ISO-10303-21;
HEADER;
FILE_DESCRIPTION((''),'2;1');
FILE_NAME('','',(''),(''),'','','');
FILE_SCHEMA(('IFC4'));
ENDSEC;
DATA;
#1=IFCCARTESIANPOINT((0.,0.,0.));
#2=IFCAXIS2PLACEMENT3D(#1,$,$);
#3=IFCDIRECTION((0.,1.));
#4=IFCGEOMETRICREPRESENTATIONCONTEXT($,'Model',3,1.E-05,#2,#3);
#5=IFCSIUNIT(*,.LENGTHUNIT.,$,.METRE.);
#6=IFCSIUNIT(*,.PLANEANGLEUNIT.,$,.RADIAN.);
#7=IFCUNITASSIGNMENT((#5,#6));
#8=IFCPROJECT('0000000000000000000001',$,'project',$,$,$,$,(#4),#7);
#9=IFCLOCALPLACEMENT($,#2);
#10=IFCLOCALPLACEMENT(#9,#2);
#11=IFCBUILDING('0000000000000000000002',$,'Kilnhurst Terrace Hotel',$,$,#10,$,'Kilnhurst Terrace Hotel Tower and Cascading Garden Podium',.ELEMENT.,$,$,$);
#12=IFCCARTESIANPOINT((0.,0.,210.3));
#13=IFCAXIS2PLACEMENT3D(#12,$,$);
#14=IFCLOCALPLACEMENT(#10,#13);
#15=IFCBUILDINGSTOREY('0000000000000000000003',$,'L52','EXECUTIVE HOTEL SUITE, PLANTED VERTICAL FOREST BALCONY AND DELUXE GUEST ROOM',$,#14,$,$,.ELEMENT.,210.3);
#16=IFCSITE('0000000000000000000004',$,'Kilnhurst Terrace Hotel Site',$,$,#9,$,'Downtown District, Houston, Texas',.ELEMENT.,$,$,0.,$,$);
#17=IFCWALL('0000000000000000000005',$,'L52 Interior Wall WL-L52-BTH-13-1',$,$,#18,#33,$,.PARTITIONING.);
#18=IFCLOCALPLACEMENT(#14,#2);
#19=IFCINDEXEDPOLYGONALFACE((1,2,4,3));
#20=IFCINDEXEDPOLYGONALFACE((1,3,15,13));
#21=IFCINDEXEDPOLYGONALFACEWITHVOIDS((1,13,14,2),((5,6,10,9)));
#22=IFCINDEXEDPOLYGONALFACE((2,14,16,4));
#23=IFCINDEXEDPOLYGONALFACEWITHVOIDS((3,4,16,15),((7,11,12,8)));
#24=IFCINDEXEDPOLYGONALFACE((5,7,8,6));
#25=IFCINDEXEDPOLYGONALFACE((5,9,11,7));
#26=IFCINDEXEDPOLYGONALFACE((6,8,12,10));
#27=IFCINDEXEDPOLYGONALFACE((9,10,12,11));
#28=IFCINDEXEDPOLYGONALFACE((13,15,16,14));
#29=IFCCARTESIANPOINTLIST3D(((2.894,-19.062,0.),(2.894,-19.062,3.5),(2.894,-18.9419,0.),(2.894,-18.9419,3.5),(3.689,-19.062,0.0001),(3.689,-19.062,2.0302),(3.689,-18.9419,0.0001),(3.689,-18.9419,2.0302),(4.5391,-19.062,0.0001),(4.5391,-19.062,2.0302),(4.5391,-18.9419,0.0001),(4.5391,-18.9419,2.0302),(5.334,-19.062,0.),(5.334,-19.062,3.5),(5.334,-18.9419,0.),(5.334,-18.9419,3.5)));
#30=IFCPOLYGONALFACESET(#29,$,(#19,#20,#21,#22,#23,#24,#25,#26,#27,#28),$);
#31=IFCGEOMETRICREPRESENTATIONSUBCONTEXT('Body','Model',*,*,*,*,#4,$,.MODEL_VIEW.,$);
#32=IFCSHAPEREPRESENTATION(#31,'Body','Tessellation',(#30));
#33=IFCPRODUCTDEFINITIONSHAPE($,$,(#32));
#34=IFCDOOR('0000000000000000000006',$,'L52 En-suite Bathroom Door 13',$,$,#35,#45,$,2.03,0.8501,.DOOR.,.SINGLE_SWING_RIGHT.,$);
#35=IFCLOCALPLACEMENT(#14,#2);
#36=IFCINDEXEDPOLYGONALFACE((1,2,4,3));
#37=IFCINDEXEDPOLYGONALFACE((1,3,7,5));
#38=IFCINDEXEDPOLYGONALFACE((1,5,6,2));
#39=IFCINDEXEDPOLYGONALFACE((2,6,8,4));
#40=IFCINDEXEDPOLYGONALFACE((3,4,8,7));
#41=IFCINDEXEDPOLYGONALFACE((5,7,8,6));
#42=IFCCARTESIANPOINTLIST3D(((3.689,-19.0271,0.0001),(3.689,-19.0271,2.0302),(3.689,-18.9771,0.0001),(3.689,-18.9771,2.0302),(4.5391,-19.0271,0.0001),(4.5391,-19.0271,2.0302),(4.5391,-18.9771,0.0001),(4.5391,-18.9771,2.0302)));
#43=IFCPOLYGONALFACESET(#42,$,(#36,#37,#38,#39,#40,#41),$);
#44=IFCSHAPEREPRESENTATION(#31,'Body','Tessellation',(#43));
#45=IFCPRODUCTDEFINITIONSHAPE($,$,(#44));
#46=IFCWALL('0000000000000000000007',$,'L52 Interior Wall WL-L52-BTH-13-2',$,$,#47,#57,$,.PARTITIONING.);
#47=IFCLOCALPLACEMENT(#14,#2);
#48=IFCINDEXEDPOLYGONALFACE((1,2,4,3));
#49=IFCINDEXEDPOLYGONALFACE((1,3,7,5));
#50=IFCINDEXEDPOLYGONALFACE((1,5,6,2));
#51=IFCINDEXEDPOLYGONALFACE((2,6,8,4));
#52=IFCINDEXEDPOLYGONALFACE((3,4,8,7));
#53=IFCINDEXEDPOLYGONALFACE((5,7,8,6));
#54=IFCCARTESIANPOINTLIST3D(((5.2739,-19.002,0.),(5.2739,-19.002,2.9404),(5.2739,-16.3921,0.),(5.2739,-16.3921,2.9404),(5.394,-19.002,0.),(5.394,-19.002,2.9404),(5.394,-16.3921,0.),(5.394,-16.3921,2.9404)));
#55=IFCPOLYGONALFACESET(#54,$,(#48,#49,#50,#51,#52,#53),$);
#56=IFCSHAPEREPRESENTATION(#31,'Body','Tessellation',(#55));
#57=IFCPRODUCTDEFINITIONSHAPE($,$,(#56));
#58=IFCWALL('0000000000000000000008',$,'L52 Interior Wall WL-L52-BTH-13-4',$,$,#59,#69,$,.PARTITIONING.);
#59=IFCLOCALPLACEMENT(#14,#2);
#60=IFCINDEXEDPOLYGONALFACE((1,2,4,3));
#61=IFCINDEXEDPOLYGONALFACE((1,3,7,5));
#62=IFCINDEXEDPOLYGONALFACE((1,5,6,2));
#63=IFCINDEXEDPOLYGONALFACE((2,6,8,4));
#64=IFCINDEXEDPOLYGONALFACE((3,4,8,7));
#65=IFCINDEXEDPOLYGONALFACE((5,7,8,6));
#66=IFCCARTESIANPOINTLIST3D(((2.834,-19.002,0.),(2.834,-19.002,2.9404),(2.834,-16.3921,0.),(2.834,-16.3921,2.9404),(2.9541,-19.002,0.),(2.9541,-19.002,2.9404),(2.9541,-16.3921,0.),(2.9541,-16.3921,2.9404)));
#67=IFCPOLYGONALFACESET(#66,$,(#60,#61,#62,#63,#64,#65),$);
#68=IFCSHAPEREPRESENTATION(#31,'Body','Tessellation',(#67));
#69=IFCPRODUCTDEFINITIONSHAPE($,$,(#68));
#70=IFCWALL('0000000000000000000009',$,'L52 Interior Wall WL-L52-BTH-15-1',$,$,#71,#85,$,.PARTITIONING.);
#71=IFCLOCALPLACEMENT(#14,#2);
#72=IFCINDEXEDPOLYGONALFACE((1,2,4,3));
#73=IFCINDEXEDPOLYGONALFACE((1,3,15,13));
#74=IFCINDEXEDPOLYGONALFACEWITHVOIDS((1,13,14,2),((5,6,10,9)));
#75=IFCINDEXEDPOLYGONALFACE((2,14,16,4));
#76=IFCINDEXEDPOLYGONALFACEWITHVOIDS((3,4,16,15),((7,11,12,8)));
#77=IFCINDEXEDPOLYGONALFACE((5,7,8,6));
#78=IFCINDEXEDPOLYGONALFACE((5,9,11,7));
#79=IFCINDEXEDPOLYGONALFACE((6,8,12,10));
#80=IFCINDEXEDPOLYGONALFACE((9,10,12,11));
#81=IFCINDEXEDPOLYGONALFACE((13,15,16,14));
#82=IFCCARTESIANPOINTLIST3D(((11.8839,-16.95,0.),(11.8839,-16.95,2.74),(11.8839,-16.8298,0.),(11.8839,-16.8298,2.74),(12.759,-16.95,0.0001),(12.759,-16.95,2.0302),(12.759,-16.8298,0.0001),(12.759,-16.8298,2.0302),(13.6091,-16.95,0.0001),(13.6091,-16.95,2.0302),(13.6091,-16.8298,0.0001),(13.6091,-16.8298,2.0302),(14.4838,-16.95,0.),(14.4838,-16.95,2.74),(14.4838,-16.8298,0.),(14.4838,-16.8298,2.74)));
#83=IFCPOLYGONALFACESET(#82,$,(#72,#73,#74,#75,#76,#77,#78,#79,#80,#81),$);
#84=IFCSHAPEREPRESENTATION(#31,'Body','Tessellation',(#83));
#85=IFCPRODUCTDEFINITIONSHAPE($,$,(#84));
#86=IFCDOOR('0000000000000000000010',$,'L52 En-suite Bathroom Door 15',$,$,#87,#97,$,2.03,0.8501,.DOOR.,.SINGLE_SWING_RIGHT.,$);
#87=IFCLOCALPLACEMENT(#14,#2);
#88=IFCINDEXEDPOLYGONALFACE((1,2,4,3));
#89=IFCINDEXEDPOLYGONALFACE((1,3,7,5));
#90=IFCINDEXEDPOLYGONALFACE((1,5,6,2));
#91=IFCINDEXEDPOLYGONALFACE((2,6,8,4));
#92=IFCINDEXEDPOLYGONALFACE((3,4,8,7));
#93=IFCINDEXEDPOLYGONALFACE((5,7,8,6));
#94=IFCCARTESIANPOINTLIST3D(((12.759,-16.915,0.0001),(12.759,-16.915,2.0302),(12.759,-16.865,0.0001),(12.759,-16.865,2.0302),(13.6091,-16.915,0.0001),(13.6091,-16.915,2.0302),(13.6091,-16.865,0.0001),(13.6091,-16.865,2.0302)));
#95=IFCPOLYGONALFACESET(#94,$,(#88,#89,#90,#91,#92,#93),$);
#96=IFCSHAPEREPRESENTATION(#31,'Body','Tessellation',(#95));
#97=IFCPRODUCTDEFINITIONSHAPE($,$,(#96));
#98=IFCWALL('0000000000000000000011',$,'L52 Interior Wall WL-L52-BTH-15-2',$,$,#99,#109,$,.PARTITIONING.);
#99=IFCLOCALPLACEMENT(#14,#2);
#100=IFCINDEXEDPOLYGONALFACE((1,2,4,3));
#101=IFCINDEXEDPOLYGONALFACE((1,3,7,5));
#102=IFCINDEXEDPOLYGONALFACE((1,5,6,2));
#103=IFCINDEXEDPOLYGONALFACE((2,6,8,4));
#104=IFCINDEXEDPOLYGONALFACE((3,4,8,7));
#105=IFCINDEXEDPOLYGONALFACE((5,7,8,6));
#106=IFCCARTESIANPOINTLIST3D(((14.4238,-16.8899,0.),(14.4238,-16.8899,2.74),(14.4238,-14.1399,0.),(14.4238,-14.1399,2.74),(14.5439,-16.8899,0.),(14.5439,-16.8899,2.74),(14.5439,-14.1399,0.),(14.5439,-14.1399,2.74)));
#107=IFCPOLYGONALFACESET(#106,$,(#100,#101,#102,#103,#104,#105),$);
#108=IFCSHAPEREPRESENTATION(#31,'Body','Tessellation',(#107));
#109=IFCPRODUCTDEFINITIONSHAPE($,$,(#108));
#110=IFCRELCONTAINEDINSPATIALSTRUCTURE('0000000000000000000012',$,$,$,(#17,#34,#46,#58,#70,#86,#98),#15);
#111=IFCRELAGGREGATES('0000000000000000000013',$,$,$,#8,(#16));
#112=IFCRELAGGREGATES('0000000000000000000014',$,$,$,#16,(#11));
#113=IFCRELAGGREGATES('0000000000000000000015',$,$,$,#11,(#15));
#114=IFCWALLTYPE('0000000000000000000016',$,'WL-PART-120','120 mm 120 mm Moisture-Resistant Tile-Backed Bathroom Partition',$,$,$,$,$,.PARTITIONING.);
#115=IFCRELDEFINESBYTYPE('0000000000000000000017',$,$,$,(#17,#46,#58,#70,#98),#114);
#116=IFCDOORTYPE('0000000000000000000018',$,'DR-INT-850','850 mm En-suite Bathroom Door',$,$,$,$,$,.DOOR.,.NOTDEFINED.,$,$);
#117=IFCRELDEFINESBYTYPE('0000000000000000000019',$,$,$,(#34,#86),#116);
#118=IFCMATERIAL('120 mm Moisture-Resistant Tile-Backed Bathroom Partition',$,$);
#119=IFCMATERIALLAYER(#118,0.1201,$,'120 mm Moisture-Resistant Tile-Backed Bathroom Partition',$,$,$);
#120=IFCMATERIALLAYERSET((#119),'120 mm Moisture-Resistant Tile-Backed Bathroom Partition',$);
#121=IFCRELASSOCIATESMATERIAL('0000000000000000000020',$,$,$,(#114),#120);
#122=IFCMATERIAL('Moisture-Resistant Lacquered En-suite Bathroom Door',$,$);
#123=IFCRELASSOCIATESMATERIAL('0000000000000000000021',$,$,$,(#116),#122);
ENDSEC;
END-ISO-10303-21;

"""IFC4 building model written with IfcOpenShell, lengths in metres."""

from ifc_helpers import new_model, si_unit, direction, frame, frame_2d, origin, place, context, subcontext, project, spatial, rectangle, extrude, material, layer, layer_set, type_object, element, fill, save


model = new_model("IFC4")

# Units and contexts
model_context = context("Model", 3, precision=1e-05, world=origin(), true_north=direction((0.0, 1.0)))
body_context = subcontext(model_context, "Body", "Model", "MODEL_VIEW")
ifc_project = project(units=[si_unit("LENGTHUNIT", "METRE"), si_unit("PLANEANGLEUNIT", "RADIAN")], contexts=[model_context])

# Site, building, storey
site_placement = place(None, origin())
site = spatial("IfcSite", under=ifc_project, at=site_placement, Name="Kilnhurst Terrace Hotel Site", LongName="Downtown District, Houston, Texas", CompositionType="ELEMENT", RefElevation=0.0)
building_placement = place(site_placement, origin())
building = spatial("IfcBuilding", under=site, at=building_placement, Name="Kilnhurst Terrace Hotel", LongName="Kilnhurst Terrace Hotel Tower and Cascading Garden Podium", CompositionType="ELEMENT")
storey_placement = place(building_placement, frame((0.0, 0.0, 210.3)))
storey = spatial("IfcBuildingStorey", under=building, at=storey_placement, Name="L52", Description="EXECUTIVE HOTEL SUITE, PLANTED VERTICAL FOREST BALCONY AND DELUXE GUEST ROOM", CompositionType="ELEMENT", Elevation=210.3)

# Wall, opening, door
ifc_material_1 = material(Name="120 mm Moisture-Resistant Tile-Backed Bathroom Partition")
ifc_layer_1 = layer(ifc_material_1, 0.1201, Name="120 mm Moisture-Resistant Tile-Backed Bathroom Partition")
ifc_layer_set_1 = layer_set([ifc_layer_1], Name="120 mm Moisture-Resistant Tile-Backed Bathroom Partition")
wall_type_1 = type_object("IfcWallType", Name="WL-PART-120", Description="120 mm 120 mm Moisture-Resistant Tile-Backed Bathroom Partition", PredefinedType="PARTITIONING", material=ifc_layer_set_1)
wall_1_placement = place(storey_placement, frame((2.894, -19.002, 0.0), z_axis=(0.0, 0.0, 1.0), x_axis=(1.0, 0.0, 0.0)))
wall_1 = element("IfcWall", 1, at=wall_1_placement, inside=storey, type_object=wall_type_1, Name="L52 Interior Wall WL-L52-BTH-13-1", PredefinedType="PARTITIONING", context=body_context, shape_type="SweptSolid", body=[
    extrude(rectangle(XDim=2.4399, YDim=0.1201, at=frame_2d((1.22, 0.0))), origin(), (0.0, 0.0, 1.0), 3.5),
])
opening_1_placement = place(wall_1_placement, frame((0.7949, 0.0, 0.0)))
opening_1 = element("IfcOpeningElement", 2, at=opening_1_placement, cuts=wall_1, PredefinedType="OPENING", context=body_context, shape_type="SweptSolid", body=[
    extrude(rectangle(XDim=0.8501, YDim=2.03, at=frame_2d((0.425, 1.0151))), frame((0.0, 0.0701, 0.0), z_axis=(0.0, -1.0, 0.0), x_axis=(1.0, 0.0, 0.0)), (0.0, 0.0, 1.0), 0.1401),
])
ifc_material_2 = material(Name="Moisture-Resistant Lacquered En-suite Bathroom Door")
door_type = type_object("IfcDoorType", Name="DR-INT-850", Description="850 mm En-suite Bathroom Door", OperationType="NOTDEFINED", PredefinedType="DOOR", material=ifc_material_2)
door_1_placement = place(opening_1_placement, origin())
door_1 = element("IfcDoor", 3, at=door_1_placement, inside=storey, type_object=door_type, Name="L52 En-suite Bathroom Door 13", OperationType="SINGLE_SWING_RIGHT", OverallHeight=2.03, OverallWidth=0.8501, PredefinedType="DOOR", context=body_context, shape_type="SweptSolid", body=[
    extrude(rectangle(XDim=0.8501, YDim=2.03, at=frame_2d((0.425, 1.0151))), frame((0.0, 0.0249, 0.0), z_axis=(0.0, -1.0, 0.0), x_axis=(1.0, 0.0, 0.0)), (0.0, 0.0, 1.0), 0.05),
])
fill(opening_1, door_1)

# Walls
for number, where, z_axis, x_axis, name in (
    (4, (5.334, -19.002, 0.0), (0.0, 0.0, 1.0), (0.0, 1.0, 0.0), "L52 Interior Wall WL-L52-BTH-13-2"),
    (5, (2.894, -16.3921, 0.0), (0.0, 0.0, 1.0), (0.0, -1.0, 0.0), "L52 Interior Wall WL-L52-BTH-13-4"),
):
    element("IfcWall", number, at=place(storey_placement, frame(where, z_axis=z_axis, x_axis=x_axis)), inside=storey, type_object=wall_type_1, Name=name, PredefinedType="PARTITIONING", context=body_context, shape_type="SweptSolid", body=[
        extrude(rectangle(XDim=2.6099, YDim=0.1201, at=frame_2d((1.3049, 0.0))), origin(), (0.0, 0.0, 1.0), 2.9404),
    ])

# Wall, opening, door
wall_2_placement = place(storey_placement, frame((11.884, -16.8899, 0.0), z_axis=(0.0, 0.0, 1.0), x_axis=(1.0, 0.0, 0.0)))
wall_2 = element("IfcWall", 6, at=wall_2_placement, inside=storey, type_object=wall_type_1, Name="L52 Interior Wall WL-L52-BTH-15-1", PredefinedType="PARTITIONING", context=body_context, shape_type="SweptSolid", body=[
    extrude(rectangle(XDim=2.5999, YDim=0.1201, at=frame_2d((1.2998, 0.0))), origin(), (0.0, 0.0, 1.0), 2.74),
])
opening_2_placement = place(wall_2_placement, frame((0.875, 0.0, 0.0)))
opening_2 = element("IfcOpeningElement", 7, at=opening_2_placement, cuts=wall_2, PredefinedType="OPENING", context=body_context, shape_type="SweptSolid", body=[
    extrude(rectangle(XDim=0.8501, YDim=2.03, at=frame_2d((0.425, 1.0151))), frame((0.0, 0.0701, 0.0), z_axis=(0.0, -1.0, 0.0), x_axis=(1.0, 0.0, 0.0)), (0.0, 0.0, 1.0), 0.1401),
])
door_2_placement = place(opening_2_placement, origin())
door_2 = element("IfcDoor", 8, at=door_2_placement, inside=storey, type_object=door_type, Name="L52 En-suite Bathroom Door 15", OperationType="SINGLE_SWING_RIGHT", OverallHeight=2.03, OverallWidth=0.8501, PredefinedType="DOOR", context=body_context, shape_type="SweptSolid", body=[
    extrude(rectangle(XDim=0.8501, YDim=2.03, at=frame_2d((0.425, 1.0151))), frame((0.0, 0.0249, 0.0), z_axis=(0.0, -1.0, 0.0), x_axis=(1.0, 0.0, 0.0)), (0.0, 0.0, 1.0), 0.05),
])
fill(opening_2, door_2)

# Wall
wall_3_placement = place(storey_placement, frame((14.4839, -16.8899, 0.0), z_axis=(0.0, 0.0, 1.0), x_axis=(0.0, 1.0, 0.0)))
element("IfcWall", 9, at=wall_3_placement, inside=storey, type_object=wall_type_1, Name="L52 Interior Wall WL-L52-BTH-15-2", PredefinedType="PARTITIONING", context=body_context, shape_type="SweptSolid", body=[
    extrude(rectangle(XDim=2.75, YDim=0.1201, at=frame_2d((1.375, 0.0))), origin(), (0.0, 0.0, 1.0), 2.74),
])

save(model, "model.ifc")
